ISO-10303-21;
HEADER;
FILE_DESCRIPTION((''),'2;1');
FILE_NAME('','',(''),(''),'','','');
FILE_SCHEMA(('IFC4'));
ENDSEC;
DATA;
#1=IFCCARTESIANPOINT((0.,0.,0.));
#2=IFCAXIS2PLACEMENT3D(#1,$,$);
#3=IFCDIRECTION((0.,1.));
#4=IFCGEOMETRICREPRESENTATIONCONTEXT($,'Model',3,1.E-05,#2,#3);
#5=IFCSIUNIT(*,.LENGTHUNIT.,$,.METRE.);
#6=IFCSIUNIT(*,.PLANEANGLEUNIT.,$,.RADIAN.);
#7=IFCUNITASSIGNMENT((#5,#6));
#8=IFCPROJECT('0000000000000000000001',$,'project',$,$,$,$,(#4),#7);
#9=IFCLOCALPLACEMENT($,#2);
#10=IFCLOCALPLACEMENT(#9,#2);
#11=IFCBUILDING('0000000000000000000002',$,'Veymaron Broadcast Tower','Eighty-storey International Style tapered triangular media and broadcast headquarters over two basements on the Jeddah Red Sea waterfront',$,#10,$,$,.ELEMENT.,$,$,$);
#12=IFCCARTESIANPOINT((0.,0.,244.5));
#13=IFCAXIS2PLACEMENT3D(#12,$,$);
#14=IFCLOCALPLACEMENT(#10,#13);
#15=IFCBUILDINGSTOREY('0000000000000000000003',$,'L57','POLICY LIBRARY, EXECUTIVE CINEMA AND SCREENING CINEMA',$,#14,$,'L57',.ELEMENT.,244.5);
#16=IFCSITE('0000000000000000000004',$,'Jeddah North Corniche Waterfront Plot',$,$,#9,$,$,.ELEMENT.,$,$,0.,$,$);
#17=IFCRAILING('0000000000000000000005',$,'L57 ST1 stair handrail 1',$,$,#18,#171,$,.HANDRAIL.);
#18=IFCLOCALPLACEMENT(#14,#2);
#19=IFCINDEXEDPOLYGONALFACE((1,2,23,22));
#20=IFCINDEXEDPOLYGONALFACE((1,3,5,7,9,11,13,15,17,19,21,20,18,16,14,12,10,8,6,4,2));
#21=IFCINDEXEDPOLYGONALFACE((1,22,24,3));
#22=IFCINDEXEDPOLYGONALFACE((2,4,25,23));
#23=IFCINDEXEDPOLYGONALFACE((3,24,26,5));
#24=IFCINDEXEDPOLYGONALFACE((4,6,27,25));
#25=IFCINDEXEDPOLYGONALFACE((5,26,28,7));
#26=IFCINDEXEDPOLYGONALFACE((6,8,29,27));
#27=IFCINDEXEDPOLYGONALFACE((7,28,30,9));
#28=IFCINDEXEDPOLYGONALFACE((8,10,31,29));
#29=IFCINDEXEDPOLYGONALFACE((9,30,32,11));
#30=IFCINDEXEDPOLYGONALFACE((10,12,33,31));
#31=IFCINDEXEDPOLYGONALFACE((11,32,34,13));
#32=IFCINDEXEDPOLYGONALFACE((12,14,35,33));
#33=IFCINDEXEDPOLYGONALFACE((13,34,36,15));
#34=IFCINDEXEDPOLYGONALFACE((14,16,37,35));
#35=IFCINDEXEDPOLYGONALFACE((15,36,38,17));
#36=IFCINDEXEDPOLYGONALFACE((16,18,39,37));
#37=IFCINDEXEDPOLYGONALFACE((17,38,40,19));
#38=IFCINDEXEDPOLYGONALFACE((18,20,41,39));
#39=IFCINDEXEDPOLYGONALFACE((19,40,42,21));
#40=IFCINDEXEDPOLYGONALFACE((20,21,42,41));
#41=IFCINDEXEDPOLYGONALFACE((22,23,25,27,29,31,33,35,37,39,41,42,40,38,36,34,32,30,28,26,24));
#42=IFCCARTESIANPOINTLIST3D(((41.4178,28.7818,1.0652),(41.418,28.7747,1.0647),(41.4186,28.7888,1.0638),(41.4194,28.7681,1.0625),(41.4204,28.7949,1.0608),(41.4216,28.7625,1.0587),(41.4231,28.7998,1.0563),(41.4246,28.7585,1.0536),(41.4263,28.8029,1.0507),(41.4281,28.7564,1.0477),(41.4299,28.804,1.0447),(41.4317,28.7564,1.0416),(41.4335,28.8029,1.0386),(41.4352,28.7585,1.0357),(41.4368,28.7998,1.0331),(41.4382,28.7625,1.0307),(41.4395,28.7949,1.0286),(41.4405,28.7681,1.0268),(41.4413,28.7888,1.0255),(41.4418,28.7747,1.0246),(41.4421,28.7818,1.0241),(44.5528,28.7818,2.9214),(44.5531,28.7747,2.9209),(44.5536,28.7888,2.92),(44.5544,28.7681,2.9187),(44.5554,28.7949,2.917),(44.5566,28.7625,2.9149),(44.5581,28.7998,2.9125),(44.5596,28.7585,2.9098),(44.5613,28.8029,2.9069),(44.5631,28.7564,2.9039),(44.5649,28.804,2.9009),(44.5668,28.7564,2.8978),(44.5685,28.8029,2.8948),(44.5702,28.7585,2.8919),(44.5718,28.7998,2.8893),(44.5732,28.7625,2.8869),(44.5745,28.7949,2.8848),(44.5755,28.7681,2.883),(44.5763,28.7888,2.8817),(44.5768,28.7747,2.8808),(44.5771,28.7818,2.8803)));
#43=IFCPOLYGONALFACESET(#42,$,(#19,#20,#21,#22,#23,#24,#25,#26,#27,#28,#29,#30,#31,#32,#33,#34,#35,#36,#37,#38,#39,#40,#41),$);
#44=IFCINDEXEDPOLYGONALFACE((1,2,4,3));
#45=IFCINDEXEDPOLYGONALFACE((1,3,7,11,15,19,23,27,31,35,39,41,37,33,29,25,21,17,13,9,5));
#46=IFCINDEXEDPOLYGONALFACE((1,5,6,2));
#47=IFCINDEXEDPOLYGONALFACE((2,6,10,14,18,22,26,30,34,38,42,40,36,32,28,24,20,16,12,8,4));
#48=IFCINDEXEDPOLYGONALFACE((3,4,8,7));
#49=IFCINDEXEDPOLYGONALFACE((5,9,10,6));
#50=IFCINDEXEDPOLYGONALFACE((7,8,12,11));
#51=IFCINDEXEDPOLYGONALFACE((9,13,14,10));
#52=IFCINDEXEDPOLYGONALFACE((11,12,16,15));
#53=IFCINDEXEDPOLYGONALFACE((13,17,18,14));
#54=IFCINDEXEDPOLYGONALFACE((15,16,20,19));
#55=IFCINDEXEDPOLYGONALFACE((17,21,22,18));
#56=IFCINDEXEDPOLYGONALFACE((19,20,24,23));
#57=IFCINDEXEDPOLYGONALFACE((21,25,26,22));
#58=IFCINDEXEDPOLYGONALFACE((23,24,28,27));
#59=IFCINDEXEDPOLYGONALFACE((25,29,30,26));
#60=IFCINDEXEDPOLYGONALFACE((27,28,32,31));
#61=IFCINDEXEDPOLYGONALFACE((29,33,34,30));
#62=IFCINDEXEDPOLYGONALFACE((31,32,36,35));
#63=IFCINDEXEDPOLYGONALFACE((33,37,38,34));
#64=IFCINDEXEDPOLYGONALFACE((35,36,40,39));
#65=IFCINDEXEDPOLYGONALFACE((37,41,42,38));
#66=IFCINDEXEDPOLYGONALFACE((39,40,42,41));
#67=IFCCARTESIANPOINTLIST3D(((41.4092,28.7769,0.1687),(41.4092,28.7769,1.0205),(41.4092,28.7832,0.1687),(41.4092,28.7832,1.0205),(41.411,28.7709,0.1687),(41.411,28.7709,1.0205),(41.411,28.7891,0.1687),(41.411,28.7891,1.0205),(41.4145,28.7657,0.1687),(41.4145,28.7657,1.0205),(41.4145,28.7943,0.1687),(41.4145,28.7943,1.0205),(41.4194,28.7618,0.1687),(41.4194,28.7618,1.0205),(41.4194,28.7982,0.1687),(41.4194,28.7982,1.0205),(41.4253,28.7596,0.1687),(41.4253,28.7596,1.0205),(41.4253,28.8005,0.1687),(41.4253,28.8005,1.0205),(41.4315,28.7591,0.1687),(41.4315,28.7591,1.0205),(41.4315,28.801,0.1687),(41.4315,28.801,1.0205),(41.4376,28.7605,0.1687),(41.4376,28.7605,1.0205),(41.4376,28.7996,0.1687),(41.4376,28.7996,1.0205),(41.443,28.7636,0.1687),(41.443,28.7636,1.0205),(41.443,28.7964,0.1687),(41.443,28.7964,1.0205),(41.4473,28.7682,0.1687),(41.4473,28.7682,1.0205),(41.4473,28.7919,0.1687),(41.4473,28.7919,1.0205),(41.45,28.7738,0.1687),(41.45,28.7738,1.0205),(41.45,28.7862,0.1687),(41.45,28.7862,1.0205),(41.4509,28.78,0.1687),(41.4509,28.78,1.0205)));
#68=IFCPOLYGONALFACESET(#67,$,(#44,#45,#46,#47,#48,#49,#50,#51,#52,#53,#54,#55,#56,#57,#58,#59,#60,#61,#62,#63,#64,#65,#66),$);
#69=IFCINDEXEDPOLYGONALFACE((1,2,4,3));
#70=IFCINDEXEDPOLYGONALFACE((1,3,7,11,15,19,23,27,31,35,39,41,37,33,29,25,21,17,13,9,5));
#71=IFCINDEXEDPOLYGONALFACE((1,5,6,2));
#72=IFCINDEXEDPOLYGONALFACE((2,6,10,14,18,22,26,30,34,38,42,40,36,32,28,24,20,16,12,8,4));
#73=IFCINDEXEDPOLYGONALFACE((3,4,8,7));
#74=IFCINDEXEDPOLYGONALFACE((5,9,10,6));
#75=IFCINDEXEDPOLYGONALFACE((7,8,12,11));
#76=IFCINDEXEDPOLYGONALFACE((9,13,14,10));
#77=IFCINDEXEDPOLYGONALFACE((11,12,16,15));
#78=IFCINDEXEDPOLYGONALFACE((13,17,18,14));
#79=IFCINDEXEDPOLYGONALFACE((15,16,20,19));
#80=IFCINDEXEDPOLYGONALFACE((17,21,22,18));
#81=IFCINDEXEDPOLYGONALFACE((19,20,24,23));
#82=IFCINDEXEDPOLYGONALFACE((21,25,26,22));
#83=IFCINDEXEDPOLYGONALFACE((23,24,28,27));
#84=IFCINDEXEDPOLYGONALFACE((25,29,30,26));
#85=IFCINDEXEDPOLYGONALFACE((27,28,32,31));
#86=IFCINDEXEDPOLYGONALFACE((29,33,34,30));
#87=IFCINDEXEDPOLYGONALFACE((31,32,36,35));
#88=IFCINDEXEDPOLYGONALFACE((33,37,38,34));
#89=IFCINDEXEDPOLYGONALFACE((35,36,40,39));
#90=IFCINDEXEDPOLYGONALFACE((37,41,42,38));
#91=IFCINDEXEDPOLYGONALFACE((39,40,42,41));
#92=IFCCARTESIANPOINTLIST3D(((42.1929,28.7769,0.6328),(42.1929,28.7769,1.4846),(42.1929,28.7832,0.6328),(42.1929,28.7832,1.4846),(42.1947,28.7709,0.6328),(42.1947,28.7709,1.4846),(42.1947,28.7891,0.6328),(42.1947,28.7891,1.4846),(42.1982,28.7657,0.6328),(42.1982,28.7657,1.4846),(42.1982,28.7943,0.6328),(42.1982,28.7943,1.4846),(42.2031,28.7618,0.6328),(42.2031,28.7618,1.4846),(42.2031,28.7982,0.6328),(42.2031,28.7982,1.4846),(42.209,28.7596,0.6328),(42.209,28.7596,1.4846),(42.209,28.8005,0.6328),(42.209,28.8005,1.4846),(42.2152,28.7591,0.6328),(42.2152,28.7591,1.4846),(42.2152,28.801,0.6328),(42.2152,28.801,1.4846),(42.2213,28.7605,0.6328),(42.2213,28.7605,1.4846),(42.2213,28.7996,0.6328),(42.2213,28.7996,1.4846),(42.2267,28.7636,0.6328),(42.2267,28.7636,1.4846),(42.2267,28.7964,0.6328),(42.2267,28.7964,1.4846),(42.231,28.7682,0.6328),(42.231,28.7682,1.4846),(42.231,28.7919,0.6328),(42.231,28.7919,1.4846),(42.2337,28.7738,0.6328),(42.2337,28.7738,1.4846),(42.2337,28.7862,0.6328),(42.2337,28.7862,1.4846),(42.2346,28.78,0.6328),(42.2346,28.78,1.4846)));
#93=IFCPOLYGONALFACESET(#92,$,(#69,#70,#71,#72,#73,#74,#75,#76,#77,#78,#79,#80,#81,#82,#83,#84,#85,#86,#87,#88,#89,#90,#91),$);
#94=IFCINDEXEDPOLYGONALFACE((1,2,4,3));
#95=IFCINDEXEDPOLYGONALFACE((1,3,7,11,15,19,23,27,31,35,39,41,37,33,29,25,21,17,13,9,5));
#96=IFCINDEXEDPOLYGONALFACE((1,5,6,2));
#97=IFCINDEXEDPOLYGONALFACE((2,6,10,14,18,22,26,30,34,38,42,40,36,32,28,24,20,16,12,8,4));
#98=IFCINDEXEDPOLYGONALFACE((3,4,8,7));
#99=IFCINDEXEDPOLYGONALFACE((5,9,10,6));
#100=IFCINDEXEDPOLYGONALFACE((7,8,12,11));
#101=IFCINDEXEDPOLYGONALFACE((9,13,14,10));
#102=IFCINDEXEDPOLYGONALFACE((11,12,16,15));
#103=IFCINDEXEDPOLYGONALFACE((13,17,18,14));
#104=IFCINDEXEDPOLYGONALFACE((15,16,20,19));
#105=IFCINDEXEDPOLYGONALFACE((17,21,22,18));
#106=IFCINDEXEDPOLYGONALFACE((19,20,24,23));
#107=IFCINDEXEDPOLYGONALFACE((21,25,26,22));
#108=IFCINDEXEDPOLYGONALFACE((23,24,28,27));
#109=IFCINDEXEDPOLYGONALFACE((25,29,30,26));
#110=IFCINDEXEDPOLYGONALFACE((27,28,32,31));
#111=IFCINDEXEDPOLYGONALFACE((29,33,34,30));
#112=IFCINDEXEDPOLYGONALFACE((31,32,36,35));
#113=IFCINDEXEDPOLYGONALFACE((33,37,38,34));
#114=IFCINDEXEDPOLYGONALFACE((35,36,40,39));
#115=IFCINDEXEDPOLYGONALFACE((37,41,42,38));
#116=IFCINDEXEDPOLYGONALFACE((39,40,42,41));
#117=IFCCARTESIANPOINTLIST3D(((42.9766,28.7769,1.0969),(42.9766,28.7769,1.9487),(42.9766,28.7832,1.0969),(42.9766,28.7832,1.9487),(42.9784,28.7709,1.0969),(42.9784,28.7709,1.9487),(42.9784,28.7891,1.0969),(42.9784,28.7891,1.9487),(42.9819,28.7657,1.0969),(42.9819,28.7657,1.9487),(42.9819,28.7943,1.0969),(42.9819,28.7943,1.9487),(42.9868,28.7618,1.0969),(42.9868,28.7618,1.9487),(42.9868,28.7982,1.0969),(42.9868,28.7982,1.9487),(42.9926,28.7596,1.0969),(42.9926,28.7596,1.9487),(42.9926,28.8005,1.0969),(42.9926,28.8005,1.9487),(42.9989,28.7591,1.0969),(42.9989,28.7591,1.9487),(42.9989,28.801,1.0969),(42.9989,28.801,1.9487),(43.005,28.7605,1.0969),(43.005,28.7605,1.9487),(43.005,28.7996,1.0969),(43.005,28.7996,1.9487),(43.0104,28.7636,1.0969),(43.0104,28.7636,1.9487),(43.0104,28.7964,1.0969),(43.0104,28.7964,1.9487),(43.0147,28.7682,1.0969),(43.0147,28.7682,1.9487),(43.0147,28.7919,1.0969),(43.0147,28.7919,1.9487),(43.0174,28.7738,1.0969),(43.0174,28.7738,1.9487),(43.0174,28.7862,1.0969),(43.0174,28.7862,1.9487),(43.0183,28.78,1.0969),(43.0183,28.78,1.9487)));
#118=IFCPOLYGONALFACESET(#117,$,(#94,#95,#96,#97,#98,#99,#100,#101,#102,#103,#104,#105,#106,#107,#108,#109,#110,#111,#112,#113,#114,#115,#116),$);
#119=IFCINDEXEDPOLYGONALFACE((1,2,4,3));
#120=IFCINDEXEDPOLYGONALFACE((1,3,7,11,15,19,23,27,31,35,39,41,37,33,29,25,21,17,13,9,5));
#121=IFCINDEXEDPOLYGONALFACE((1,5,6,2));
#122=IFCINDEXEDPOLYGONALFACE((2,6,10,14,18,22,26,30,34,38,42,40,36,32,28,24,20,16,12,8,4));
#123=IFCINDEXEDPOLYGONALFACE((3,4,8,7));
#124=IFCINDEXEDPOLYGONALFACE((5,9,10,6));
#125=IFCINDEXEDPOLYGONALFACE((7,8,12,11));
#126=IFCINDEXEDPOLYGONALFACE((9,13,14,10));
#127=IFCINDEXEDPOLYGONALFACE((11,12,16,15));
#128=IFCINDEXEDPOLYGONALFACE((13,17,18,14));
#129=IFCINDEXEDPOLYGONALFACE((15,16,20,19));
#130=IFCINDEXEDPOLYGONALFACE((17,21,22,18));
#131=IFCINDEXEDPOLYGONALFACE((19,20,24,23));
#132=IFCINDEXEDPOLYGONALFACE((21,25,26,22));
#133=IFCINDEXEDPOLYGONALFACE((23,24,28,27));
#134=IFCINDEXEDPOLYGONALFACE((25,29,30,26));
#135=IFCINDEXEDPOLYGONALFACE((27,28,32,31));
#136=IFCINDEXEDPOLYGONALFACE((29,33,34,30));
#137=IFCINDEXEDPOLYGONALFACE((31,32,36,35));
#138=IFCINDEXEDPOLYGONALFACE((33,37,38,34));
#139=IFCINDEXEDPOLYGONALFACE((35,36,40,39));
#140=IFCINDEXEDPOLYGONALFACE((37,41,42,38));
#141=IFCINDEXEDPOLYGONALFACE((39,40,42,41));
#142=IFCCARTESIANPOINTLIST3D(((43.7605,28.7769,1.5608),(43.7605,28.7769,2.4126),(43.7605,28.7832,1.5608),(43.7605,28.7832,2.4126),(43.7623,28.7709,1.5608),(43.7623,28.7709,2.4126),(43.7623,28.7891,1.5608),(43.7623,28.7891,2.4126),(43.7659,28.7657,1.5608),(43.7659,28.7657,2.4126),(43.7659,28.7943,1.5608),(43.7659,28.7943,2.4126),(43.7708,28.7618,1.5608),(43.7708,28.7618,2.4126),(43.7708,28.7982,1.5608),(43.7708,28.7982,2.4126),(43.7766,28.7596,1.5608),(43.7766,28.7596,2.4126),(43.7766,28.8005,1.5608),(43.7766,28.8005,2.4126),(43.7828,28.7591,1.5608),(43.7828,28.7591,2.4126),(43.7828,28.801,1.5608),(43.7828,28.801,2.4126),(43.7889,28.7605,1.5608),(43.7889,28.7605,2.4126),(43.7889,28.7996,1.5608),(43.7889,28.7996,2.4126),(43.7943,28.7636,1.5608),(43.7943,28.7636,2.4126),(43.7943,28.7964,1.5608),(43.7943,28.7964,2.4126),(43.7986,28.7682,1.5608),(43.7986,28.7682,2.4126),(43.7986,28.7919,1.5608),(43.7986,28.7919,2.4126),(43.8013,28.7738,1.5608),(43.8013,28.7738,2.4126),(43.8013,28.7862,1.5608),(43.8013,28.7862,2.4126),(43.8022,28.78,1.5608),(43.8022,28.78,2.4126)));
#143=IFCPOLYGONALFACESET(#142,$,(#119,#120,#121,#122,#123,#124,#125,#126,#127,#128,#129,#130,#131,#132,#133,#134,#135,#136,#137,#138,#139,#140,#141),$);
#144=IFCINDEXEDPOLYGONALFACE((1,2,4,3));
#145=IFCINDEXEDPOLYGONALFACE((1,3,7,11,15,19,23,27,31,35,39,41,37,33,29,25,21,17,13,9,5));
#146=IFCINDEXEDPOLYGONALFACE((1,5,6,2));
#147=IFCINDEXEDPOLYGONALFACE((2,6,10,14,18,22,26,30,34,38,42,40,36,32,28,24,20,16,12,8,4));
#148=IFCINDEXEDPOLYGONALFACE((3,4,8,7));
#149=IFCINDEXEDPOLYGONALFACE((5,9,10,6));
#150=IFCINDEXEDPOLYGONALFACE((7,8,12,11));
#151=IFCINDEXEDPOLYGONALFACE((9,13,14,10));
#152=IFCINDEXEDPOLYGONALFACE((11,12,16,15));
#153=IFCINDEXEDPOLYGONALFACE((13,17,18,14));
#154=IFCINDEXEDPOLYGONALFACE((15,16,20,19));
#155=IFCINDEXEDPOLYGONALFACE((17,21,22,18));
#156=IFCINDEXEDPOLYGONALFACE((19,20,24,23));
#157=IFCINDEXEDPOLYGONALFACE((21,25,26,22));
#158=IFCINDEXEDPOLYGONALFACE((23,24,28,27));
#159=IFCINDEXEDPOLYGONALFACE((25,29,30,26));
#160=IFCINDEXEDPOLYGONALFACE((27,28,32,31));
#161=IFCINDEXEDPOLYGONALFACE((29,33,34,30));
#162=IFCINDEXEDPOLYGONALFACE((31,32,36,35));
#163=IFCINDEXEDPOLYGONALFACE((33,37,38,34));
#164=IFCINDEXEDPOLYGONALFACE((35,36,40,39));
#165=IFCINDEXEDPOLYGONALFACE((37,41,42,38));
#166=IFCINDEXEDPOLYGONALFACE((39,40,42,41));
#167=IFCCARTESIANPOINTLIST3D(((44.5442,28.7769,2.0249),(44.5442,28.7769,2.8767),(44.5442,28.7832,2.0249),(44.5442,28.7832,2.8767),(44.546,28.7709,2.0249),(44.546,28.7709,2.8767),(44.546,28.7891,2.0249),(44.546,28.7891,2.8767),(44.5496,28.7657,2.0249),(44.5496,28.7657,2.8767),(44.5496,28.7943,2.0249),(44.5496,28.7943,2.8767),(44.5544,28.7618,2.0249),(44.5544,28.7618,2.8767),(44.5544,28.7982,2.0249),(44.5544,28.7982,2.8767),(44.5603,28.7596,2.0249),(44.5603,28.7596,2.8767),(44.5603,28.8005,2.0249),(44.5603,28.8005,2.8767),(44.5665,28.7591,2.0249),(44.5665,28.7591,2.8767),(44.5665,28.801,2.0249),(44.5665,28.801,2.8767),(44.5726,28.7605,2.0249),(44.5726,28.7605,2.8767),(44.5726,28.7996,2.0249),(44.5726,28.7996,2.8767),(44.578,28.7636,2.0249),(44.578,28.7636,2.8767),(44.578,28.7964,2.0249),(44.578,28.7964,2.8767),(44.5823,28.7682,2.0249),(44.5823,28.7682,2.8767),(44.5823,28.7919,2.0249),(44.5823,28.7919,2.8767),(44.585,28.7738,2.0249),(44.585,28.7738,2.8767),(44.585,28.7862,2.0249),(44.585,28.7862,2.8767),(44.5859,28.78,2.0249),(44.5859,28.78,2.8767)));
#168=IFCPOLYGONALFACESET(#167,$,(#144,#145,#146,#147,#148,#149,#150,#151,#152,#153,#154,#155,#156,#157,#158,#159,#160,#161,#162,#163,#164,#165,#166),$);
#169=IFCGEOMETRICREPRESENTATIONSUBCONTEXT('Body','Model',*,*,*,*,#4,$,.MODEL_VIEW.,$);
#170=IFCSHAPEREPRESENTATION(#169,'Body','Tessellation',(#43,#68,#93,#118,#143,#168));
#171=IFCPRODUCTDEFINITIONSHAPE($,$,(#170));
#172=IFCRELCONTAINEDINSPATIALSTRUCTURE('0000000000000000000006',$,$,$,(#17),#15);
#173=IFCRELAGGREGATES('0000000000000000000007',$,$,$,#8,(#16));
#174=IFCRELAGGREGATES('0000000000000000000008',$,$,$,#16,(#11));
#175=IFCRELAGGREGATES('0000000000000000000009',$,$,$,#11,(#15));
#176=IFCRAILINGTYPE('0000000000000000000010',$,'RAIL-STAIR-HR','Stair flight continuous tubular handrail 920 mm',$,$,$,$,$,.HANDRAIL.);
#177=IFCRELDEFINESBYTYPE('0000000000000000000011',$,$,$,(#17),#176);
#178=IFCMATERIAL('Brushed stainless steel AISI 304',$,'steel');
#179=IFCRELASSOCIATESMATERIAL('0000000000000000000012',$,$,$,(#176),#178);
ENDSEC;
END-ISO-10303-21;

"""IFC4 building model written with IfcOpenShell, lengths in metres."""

from ifc_helpers import new_model, si_unit, direction, frame, origin, origin_2d, place, context, subcontext, project, spatial, circle, extrude, material, type_object, element, save


model = new_model("IFC4")

# Units and contexts
model_context = context("Model", 3, precision=1e-05, world=origin(), true_north=direction((0.0, 1.0)))
body_context = subcontext(model_context, "Body", "Model", "MODEL_VIEW")
ifc_project = project(units=[si_unit("LENGTHUNIT", "METRE"), si_unit("PLANEANGLEUNIT", "RADIAN")], contexts=[model_context])

# Site, building, storey
site_placement = place(None, origin())
site = spatial("IfcSite", under=ifc_project, at=site_placement, Name="Jeddah North Corniche Waterfront Plot", CompositionType="ELEMENT", RefElevation=0.0)
building_placement = place(site_placement, origin())
building = spatial("IfcBuilding", under=site, at=building_placement, Name="Veymaron Broadcast Tower", Description="Eighty-storey International Style tapered triangular media and broadcast headquarters over two basements on the Jeddah Red Sea waterfront", CompositionType="ELEMENT")
storey_placement = place(building_placement, frame((0.0, 0.0, 244.5)))
storey = spatial("IfcBuildingStorey", under=building, at=storey_placement, Name="L57", Description="POLICY LIBRARY, EXECUTIVE CINEMA AND SCREENING CINEMA", LongName="L57", CompositionType="ELEMENT", Elevation=244.5)

# Shared definitions
ifc_material_1 = material(Name="Brushed stainless steel AISI 304", Category="steel")

# Railing
railing_type_1 = type_object("IfcRailingType", Name="RAIL-STAIR-HR", Description="Stair flight continuous tubular handrail 920 mm", PredefinedType="HANDRAIL", material=ifc_material_1)
railing_1_placement = place(storey_placement, frame((41.4299, 28.78, 0.1687)))
element("IfcRailing", 1, at=railing_1_placement, inside=storey, type_object=railing_type_1, Name="L57 ST1 stair handrail 1", PredefinedType="HANDRAIL", context=body_context, shape_type="SweptSolid", body=[
    extrude(circle(Radius=0.0239, at=origin_2d()), frame((0.0, 0.0, 0.876), z_axis=(0.860482, 0.0, 0.509481), x_axis=(0.0, 1.0, 0.0)), (0.0, 0.0, 1.0), 3.6433),
    extrude(circle(Radius=0.021, at=origin_2d()), origin(), (0.0, 0.0, 1.0), 0.8518),
    extrude(circle(Radius=0.021, at=origin_2d()), frame((0.7837, 0.0, 0.4641)), (0.0, 0.0, 1.0), 0.8518),
    extrude(circle(Radius=0.021, at=origin_2d()), frame((1.5674, 0.0, 0.9282)), (0.0, 0.0, 1.0), 0.8518),
    extrude(circle(Radius=0.021, at=origin_2d()), frame((2.3513, 0.0, 1.3921)), (0.0, 0.0, 1.0), 0.8518),
    extrude(circle(Radius=0.021, at=origin_2d()), frame((3.135, 0.0, 1.8562)), (0.0, 0.0, 1.0), 0.8518),
])

save(model, "model.ifc")
